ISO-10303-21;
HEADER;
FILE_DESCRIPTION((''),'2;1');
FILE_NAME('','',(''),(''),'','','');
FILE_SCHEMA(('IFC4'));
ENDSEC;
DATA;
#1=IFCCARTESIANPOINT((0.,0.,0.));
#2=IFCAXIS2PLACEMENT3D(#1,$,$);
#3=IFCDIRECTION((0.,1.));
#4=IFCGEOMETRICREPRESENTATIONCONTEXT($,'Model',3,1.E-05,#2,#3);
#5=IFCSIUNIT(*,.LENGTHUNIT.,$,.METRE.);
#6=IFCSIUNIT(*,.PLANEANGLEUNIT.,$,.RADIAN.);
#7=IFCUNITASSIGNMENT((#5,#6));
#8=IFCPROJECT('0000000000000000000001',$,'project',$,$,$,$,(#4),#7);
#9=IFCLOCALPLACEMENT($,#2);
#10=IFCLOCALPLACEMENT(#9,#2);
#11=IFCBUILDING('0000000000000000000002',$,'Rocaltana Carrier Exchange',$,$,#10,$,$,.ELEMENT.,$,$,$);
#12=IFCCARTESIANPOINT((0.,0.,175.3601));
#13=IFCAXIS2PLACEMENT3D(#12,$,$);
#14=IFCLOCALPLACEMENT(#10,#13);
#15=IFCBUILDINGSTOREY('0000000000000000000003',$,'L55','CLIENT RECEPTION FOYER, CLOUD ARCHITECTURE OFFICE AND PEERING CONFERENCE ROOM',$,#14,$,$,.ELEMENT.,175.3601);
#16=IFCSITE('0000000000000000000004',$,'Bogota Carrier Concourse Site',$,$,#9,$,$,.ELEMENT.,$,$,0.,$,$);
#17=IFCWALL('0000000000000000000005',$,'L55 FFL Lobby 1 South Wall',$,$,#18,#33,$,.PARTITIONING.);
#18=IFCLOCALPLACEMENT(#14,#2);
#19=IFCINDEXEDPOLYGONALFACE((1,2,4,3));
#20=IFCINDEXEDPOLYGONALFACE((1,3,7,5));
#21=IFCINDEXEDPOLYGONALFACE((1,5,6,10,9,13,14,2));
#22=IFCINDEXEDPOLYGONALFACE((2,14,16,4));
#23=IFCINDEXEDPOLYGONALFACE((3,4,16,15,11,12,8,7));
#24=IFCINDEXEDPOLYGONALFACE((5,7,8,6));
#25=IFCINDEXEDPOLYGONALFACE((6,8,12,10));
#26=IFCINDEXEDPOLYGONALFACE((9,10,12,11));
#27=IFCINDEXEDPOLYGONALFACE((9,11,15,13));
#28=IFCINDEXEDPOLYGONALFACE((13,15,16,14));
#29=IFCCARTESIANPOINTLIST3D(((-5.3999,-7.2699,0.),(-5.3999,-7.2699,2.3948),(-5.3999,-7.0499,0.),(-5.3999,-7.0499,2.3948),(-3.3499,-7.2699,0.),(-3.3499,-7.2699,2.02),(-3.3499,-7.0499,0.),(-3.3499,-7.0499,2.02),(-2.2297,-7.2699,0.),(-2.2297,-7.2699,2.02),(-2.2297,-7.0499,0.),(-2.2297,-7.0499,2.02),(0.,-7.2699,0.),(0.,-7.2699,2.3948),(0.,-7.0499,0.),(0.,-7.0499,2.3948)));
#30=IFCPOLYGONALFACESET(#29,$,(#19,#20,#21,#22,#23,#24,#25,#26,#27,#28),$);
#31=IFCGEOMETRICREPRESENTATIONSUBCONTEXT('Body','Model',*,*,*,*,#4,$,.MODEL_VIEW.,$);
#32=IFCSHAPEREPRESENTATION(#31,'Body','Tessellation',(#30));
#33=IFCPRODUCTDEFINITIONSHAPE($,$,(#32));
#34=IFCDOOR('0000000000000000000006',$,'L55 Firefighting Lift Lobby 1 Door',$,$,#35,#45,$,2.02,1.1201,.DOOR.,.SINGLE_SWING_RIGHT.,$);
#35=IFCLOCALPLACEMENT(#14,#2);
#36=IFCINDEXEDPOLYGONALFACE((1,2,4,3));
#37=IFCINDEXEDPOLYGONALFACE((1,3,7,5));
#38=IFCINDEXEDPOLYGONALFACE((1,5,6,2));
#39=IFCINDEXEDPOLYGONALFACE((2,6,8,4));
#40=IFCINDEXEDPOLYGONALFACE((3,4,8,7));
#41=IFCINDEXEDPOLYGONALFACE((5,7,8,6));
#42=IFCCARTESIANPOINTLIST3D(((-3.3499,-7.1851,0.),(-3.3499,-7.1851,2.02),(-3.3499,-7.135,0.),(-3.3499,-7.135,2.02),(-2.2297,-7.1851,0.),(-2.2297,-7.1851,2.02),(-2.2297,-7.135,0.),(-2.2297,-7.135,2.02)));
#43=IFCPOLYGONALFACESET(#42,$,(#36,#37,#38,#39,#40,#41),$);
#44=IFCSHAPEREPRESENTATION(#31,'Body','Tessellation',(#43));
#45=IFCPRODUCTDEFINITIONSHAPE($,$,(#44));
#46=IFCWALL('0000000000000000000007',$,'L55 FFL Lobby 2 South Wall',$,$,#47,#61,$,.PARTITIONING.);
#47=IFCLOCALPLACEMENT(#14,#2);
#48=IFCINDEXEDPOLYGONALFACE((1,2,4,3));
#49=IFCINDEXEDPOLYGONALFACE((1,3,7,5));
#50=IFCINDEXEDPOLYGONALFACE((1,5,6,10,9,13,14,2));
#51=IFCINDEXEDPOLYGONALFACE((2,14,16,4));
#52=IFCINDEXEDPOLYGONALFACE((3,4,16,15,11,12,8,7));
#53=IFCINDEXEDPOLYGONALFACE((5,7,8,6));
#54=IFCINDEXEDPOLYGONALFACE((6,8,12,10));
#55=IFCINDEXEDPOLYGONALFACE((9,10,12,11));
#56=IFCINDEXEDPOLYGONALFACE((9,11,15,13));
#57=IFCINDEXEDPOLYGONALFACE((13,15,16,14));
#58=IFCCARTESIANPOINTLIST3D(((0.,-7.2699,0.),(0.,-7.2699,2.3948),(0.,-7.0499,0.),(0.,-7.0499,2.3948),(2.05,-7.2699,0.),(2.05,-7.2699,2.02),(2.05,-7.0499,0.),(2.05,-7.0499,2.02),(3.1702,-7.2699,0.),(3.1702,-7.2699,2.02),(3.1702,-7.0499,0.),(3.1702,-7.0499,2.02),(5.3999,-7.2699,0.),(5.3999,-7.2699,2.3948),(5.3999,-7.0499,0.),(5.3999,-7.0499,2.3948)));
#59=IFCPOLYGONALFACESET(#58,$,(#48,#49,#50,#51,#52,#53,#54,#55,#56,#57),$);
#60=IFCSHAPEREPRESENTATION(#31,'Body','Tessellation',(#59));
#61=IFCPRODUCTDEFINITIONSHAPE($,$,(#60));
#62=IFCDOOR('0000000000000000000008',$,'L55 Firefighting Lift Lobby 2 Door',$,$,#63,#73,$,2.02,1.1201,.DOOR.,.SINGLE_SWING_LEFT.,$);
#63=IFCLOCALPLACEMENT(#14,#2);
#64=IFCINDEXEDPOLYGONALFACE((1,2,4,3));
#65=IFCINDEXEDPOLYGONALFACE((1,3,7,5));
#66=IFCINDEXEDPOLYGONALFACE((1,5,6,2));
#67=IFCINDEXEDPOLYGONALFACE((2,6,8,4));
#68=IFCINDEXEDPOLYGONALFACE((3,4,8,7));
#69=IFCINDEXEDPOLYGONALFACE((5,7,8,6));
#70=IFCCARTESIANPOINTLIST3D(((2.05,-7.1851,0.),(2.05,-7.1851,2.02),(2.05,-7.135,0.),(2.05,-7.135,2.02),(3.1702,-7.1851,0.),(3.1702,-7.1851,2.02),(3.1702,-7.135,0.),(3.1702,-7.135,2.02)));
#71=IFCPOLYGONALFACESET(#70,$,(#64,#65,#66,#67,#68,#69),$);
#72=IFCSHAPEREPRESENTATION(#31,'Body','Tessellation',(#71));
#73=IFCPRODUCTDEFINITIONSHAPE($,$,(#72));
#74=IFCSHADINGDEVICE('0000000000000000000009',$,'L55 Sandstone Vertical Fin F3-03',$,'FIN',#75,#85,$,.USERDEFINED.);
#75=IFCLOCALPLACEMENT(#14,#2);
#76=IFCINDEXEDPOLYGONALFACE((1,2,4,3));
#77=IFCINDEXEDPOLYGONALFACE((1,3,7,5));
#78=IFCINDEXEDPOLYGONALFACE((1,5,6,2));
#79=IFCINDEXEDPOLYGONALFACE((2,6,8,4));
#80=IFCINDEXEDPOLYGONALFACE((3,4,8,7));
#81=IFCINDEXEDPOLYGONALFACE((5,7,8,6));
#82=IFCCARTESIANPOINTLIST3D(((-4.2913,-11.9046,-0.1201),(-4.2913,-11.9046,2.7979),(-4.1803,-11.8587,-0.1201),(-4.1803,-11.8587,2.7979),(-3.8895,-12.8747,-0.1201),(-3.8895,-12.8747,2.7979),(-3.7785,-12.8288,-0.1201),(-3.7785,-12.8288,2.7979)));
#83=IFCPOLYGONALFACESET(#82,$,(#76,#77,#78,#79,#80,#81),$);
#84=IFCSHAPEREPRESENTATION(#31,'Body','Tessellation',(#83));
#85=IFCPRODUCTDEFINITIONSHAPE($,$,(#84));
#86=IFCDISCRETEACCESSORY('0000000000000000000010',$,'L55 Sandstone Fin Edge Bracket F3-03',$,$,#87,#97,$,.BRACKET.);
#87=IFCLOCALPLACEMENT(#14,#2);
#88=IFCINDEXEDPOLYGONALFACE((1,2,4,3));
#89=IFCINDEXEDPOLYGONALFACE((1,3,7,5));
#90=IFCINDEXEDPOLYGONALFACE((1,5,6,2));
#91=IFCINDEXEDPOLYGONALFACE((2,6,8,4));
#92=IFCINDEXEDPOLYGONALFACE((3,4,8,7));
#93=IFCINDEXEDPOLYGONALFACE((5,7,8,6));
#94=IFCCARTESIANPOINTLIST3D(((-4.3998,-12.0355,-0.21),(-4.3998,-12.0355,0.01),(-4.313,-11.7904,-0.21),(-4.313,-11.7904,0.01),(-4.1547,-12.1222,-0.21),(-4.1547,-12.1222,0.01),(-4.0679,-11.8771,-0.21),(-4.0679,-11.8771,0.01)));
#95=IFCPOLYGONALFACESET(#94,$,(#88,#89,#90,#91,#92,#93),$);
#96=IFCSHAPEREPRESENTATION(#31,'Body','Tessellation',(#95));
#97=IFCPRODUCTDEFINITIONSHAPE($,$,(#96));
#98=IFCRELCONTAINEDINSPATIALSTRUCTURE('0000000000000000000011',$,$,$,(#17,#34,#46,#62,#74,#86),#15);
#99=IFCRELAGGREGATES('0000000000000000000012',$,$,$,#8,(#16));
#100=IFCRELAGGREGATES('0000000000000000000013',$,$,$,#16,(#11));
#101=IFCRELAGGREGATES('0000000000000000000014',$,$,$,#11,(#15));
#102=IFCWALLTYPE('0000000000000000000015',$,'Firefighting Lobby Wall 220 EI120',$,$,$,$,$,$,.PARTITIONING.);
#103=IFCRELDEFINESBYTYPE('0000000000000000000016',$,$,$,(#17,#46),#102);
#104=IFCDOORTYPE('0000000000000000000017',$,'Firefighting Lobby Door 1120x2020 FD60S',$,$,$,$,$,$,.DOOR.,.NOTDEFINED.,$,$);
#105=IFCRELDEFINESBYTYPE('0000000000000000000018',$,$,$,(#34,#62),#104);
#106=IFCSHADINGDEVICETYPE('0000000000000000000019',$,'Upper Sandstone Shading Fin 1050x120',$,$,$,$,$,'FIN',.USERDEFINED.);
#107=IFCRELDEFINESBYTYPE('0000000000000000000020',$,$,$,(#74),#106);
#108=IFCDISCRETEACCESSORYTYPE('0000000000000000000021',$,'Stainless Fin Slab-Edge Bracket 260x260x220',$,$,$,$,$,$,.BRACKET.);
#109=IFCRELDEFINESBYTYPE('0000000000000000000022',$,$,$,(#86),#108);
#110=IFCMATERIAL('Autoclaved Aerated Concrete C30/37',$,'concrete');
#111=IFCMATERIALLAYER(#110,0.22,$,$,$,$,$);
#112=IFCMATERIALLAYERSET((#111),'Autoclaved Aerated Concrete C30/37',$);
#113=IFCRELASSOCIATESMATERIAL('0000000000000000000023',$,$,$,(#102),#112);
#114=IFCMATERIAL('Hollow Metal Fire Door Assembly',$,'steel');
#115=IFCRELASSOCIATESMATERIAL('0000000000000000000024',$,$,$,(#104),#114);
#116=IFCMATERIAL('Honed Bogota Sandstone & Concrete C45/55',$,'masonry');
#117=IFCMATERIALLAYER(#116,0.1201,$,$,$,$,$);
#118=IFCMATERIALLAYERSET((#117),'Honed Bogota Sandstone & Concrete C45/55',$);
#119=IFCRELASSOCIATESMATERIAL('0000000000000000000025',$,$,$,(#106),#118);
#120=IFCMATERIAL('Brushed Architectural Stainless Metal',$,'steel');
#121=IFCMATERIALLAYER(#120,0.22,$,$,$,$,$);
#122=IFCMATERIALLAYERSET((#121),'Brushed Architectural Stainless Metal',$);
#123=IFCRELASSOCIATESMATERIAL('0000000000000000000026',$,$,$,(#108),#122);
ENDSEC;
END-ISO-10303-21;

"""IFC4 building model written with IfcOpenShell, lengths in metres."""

from ifc_helpers import new_model, si_unit, direction, frame, frame_2d, origin, origin_2d, place, context, subcontext, project, spatial, rectangle, extrude, material, layer, layer_set, type_object, element, fill, save


model = new_model("IFC4")

# Units and contexts
model_context = context("Model", 3, precision=1e-05, world=origin(), true_north=direction((0.0, 1.0)))
body_context = subcontext(model_context, "Body", "Model", "MODEL_VIEW")
ifc_project = project(units=[si_unit("LENGTHUNIT", "METRE"), si_unit("PLANEANGLEUNIT", "RADIAN")], contexts=[model_context])

# Site, building, storey
site_placement = place(None, origin())
site = spatial("IfcSite", under=ifc_project, at=site_placement, Name="Bogota Carrier Concourse Site", CompositionType="ELEMENT", RefElevation=0.0)
building_placement = place(site_placement, origin())
building = spatial("IfcBuilding", under=site, at=building_placement, Name="Rocaltana Carrier Exchange", CompositionType="ELEMENT")
storey_placement = place(building_placement, frame((0.0, 0.0, 175.3601)))
storey = spatial("IfcBuildingStorey", under=building, at=storey_placement, Name="L55", Description="CLIENT RECEPTION FOYER, CLOUD ARCHITECTURE OFFICE AND PEERING CONFERENCE ROOM", CompositionType="ELEMENT", Elevation=175.3601)

# Shared definitions
ifc_material_1 = material(Name="Autoclaved Aerated Concrete C30/37", Category="concrete")
ifc_layer_1 = layer(ifc_material_1, 0.22)
ifc_layer_set_1 = layer_set([ifc_layer_1], Name="Autoclaved Aerated Concrete C30/37")
wall_type_1 = type_object("IfcWallType", Name="Firefighting Lobby Wall 220 EI120", PredefinedType="PARTITIONING", material=ifc_layer_set_1)

# Walls, openings, doors
wall_1_placement = place(storey_placement, frame((-5.3999, -7.1599, 0.0), z_axis=(0.0, 0.0, 1.0), x_axis=(1.0, 0.0, 0.0)))
wall_1 = element("IfcWall", 1, at=wall_1_placement, inside=storey, type_object=wall_type_1, Name="L55 FFL Lobby 1 South Wall", PredefinedType="PARTITIONING", context=body_context, shape_type="SweptSolid", body=[
    extrude(rectangle(XDim=5.3999, YDim=0.22, at=frame_2d((2.7, 0.0))), origin(), (0.0, 0.0, 1.0), 2.3948),
])
opening_1_placement = place(wall_1_placement, frame((2.05, 0.0, 0.0)))
opening_1 = element("IfcOpeningElement", 2, at=opening_1_placement, cuts=wall_1, PredefinedType="OPENING", context=body_context, shape_type="SweptSolid", body=[
    extrude(rectangle(XDim=1.1201, YDim=2.02, at=frame_2d((0.5601, 1.01))), frame((0.0, 0.1199, 0.0), z_axis=(0.0, -1.0, 0.0), x_axis=(1.0, 0.0, 0.0)), (0.0, 0.0, 1.0), 0.24),
])
ifc_material_2 = material(Name="Hollow Metal Fire Door Assembly", Category="steel")
door_type = type_object("IfcDoorType", Name="Firefighting Lobby Door 1120x2020 FD60S", OperationType="NOTDEFINED", PredefinedType="DOOR", material=ifc_material_2)
door_1_placement = place(opening_1_placement, origin())
door_1 = element("IfcDoor", 3, at=door_1_placement, inside=storey, type_object=door_type, Name="L55 Firefighting Lift Lobby 1 Door", OperationType="SINGLE_SWING_RIGHT", OverallHeight=2.02, OverallWidth=1.1201, PredefinedType="DOOR", context=body_context, shape_type="SweptSolid", body=[
    extrude(rectangle(XDim=1.1201, YDim=2.02, at=frame_2d((0.5601, 1.01))), frame((0.0, 0.0249, 0.0), z_axis=(0.0, -1.0, 0.0), x_axis=(1.0, 0.0, 0.0)), (0.0, 0.0, 1.0), 0.05),
])
fill(opening_1, door_1)
wall_2_placement = place(storey_placement, frame((0.0, -7.1599, 0.0), z_axis=(0.0, 0.0, 1.0), x_axis=(1.0, 0.0, 0.0)))
wall_2 = element("IfcWall", 4, at=wall_2_placement, inside=storey, type_object=wall_type_1, Name="L55 FFL Lobby 2 South Wall", PredefinedType="PARTITIONING", context=body_context, shape_type="SweptSolid", body=[
    extrude(rectangle(XDim=5.3999, YDim=0.22, at=frame_2d((2.7, 0.0))), origin(), (0.0, 0.0, 1.0), 2.3948),
])
opening_2_placement = place(wall_2_placement, frame((2.05, 0.0, 0.0)))
opening_2 = element("IfcOpeningElement", 5, at=opening_2_placement, cuts=wall_2, PredefinedType="OPENING", context=body_context, shape_type="SweptSolid", body=[
    extrude(rectangle(XDim=1.1201, YDim=2.02, at=frame_2d((0.5601, 1.01))), frame((0.0, 0.1199, 0.0), z_axis=(0.0, -1.0, 0.0), x_axis=(1.0, 0.0, 0.0)), (0.0, 0.0, 1.0), 0.24),
])
door_2_placement = place(opening_2_placement, origin())
door_2 = element("IfcDoor", 6, at=door_2_placement, inside=storey, type_object=door_type, Name="L55 Firefighting Lift Lobby 2 Door", OperationType="SINGLE_SWING_LEFT", OverallHeight=2.02, OverallWidth=1.1201, PredefinedType="DOOR", context=body_context, shape_type="SweptSolid", body=[
    extrude(rectangle(XDim=1.1201, YDim=2.02, at=frame_2d((0.5601, 1.01))), frame((0.0, 0.0249, 0.0), z_axis=(0.0, -1.0, 0.0), x_axis=(1.0, 0.0, 0.0)), (0.0, 0.0, 1.0), 0.05),
])
fill(opening_2, door_2)

# Shading device
ifc_material_3 = material(Name="Honed Bogota Sandstone & Concrete C45/55", Category="masonry")
ifc_layer_2 = layer(ifc_material_3, 0.1201)
ifc_layer_set_2 = layer_set([ifc_layer_2], Name="Honed Bogota Sandstone & Concrete C45/55")
shading_device_type = type_object("IfcShadingDeviceType", Name="Upper Sandstone Shading Fin 1050x120", ElementType="FIN", PredefinedType="USERDEFINED", material=ifc_layer_set_2)
shading_device_placement = place(storey_placement, frame((-4.0349, -12.3667, -0.1201), z_axis=(0.0, 0.0, 1.0), x_axis=(0.382683, -0.92388, 0.0)))
element("IfcShadingDevice", 7, at=shading_device_placement, inside=storey, type_object=shading_device_type, Name="L55 Sandstone Vertical Fin F3-03", ObjectType="FIN", PredefinedType="USERDEFINED", context=body_context, shape_type="SweptSolid", body=[
    extrude(rectangle(XDim=1.05, YDim=0.1201, at=origin_2d()), origin(), (0.0, 0.0, 1.0), 2.918),
])

# Discrete accessory
ifc_material_4 = material(Name="Brushed Architectural Stainless Metal", Category="steel")
ifc_layer_3 = layer(ifc_material_4, 0.22)
ifc_layer_set_3 = layer_set([ifc_layer_3], Name="Brushed Architectural Stainless Metal")
discrete_accessory_type = type_object("IfcDiscreteAccessoryType", Name="Stainless Fin Slab-Edge Bracket 260x260x220", PredefinedType="BRACKET", material=ifc_layer_set_3)
discrete_accessory_placement = place(storey_placement, frame((-4.2339, -11.9563, -0.21), z_axis=(0.0, 0.0, 1.0), x_axis=(0.942641, -0.333807, 0.0)))
element("IfcDiscreteAccessory", 8, at=discrete_accessory_placement, inside=storey, type_object=discrete_accessory_type, Name="L55 Sandstone Fin Edge Bracket F3-03", PredefinedType="BRACKET", context=body_context, shape_type="SweptSolid", body=[
    extrude(rectangle(XDim=0.26, YDim=0.26, at=origin_2d()), origin(), (0.0, 0.0, 1.0), 0.22),
])

save(model, "model.ifc")
